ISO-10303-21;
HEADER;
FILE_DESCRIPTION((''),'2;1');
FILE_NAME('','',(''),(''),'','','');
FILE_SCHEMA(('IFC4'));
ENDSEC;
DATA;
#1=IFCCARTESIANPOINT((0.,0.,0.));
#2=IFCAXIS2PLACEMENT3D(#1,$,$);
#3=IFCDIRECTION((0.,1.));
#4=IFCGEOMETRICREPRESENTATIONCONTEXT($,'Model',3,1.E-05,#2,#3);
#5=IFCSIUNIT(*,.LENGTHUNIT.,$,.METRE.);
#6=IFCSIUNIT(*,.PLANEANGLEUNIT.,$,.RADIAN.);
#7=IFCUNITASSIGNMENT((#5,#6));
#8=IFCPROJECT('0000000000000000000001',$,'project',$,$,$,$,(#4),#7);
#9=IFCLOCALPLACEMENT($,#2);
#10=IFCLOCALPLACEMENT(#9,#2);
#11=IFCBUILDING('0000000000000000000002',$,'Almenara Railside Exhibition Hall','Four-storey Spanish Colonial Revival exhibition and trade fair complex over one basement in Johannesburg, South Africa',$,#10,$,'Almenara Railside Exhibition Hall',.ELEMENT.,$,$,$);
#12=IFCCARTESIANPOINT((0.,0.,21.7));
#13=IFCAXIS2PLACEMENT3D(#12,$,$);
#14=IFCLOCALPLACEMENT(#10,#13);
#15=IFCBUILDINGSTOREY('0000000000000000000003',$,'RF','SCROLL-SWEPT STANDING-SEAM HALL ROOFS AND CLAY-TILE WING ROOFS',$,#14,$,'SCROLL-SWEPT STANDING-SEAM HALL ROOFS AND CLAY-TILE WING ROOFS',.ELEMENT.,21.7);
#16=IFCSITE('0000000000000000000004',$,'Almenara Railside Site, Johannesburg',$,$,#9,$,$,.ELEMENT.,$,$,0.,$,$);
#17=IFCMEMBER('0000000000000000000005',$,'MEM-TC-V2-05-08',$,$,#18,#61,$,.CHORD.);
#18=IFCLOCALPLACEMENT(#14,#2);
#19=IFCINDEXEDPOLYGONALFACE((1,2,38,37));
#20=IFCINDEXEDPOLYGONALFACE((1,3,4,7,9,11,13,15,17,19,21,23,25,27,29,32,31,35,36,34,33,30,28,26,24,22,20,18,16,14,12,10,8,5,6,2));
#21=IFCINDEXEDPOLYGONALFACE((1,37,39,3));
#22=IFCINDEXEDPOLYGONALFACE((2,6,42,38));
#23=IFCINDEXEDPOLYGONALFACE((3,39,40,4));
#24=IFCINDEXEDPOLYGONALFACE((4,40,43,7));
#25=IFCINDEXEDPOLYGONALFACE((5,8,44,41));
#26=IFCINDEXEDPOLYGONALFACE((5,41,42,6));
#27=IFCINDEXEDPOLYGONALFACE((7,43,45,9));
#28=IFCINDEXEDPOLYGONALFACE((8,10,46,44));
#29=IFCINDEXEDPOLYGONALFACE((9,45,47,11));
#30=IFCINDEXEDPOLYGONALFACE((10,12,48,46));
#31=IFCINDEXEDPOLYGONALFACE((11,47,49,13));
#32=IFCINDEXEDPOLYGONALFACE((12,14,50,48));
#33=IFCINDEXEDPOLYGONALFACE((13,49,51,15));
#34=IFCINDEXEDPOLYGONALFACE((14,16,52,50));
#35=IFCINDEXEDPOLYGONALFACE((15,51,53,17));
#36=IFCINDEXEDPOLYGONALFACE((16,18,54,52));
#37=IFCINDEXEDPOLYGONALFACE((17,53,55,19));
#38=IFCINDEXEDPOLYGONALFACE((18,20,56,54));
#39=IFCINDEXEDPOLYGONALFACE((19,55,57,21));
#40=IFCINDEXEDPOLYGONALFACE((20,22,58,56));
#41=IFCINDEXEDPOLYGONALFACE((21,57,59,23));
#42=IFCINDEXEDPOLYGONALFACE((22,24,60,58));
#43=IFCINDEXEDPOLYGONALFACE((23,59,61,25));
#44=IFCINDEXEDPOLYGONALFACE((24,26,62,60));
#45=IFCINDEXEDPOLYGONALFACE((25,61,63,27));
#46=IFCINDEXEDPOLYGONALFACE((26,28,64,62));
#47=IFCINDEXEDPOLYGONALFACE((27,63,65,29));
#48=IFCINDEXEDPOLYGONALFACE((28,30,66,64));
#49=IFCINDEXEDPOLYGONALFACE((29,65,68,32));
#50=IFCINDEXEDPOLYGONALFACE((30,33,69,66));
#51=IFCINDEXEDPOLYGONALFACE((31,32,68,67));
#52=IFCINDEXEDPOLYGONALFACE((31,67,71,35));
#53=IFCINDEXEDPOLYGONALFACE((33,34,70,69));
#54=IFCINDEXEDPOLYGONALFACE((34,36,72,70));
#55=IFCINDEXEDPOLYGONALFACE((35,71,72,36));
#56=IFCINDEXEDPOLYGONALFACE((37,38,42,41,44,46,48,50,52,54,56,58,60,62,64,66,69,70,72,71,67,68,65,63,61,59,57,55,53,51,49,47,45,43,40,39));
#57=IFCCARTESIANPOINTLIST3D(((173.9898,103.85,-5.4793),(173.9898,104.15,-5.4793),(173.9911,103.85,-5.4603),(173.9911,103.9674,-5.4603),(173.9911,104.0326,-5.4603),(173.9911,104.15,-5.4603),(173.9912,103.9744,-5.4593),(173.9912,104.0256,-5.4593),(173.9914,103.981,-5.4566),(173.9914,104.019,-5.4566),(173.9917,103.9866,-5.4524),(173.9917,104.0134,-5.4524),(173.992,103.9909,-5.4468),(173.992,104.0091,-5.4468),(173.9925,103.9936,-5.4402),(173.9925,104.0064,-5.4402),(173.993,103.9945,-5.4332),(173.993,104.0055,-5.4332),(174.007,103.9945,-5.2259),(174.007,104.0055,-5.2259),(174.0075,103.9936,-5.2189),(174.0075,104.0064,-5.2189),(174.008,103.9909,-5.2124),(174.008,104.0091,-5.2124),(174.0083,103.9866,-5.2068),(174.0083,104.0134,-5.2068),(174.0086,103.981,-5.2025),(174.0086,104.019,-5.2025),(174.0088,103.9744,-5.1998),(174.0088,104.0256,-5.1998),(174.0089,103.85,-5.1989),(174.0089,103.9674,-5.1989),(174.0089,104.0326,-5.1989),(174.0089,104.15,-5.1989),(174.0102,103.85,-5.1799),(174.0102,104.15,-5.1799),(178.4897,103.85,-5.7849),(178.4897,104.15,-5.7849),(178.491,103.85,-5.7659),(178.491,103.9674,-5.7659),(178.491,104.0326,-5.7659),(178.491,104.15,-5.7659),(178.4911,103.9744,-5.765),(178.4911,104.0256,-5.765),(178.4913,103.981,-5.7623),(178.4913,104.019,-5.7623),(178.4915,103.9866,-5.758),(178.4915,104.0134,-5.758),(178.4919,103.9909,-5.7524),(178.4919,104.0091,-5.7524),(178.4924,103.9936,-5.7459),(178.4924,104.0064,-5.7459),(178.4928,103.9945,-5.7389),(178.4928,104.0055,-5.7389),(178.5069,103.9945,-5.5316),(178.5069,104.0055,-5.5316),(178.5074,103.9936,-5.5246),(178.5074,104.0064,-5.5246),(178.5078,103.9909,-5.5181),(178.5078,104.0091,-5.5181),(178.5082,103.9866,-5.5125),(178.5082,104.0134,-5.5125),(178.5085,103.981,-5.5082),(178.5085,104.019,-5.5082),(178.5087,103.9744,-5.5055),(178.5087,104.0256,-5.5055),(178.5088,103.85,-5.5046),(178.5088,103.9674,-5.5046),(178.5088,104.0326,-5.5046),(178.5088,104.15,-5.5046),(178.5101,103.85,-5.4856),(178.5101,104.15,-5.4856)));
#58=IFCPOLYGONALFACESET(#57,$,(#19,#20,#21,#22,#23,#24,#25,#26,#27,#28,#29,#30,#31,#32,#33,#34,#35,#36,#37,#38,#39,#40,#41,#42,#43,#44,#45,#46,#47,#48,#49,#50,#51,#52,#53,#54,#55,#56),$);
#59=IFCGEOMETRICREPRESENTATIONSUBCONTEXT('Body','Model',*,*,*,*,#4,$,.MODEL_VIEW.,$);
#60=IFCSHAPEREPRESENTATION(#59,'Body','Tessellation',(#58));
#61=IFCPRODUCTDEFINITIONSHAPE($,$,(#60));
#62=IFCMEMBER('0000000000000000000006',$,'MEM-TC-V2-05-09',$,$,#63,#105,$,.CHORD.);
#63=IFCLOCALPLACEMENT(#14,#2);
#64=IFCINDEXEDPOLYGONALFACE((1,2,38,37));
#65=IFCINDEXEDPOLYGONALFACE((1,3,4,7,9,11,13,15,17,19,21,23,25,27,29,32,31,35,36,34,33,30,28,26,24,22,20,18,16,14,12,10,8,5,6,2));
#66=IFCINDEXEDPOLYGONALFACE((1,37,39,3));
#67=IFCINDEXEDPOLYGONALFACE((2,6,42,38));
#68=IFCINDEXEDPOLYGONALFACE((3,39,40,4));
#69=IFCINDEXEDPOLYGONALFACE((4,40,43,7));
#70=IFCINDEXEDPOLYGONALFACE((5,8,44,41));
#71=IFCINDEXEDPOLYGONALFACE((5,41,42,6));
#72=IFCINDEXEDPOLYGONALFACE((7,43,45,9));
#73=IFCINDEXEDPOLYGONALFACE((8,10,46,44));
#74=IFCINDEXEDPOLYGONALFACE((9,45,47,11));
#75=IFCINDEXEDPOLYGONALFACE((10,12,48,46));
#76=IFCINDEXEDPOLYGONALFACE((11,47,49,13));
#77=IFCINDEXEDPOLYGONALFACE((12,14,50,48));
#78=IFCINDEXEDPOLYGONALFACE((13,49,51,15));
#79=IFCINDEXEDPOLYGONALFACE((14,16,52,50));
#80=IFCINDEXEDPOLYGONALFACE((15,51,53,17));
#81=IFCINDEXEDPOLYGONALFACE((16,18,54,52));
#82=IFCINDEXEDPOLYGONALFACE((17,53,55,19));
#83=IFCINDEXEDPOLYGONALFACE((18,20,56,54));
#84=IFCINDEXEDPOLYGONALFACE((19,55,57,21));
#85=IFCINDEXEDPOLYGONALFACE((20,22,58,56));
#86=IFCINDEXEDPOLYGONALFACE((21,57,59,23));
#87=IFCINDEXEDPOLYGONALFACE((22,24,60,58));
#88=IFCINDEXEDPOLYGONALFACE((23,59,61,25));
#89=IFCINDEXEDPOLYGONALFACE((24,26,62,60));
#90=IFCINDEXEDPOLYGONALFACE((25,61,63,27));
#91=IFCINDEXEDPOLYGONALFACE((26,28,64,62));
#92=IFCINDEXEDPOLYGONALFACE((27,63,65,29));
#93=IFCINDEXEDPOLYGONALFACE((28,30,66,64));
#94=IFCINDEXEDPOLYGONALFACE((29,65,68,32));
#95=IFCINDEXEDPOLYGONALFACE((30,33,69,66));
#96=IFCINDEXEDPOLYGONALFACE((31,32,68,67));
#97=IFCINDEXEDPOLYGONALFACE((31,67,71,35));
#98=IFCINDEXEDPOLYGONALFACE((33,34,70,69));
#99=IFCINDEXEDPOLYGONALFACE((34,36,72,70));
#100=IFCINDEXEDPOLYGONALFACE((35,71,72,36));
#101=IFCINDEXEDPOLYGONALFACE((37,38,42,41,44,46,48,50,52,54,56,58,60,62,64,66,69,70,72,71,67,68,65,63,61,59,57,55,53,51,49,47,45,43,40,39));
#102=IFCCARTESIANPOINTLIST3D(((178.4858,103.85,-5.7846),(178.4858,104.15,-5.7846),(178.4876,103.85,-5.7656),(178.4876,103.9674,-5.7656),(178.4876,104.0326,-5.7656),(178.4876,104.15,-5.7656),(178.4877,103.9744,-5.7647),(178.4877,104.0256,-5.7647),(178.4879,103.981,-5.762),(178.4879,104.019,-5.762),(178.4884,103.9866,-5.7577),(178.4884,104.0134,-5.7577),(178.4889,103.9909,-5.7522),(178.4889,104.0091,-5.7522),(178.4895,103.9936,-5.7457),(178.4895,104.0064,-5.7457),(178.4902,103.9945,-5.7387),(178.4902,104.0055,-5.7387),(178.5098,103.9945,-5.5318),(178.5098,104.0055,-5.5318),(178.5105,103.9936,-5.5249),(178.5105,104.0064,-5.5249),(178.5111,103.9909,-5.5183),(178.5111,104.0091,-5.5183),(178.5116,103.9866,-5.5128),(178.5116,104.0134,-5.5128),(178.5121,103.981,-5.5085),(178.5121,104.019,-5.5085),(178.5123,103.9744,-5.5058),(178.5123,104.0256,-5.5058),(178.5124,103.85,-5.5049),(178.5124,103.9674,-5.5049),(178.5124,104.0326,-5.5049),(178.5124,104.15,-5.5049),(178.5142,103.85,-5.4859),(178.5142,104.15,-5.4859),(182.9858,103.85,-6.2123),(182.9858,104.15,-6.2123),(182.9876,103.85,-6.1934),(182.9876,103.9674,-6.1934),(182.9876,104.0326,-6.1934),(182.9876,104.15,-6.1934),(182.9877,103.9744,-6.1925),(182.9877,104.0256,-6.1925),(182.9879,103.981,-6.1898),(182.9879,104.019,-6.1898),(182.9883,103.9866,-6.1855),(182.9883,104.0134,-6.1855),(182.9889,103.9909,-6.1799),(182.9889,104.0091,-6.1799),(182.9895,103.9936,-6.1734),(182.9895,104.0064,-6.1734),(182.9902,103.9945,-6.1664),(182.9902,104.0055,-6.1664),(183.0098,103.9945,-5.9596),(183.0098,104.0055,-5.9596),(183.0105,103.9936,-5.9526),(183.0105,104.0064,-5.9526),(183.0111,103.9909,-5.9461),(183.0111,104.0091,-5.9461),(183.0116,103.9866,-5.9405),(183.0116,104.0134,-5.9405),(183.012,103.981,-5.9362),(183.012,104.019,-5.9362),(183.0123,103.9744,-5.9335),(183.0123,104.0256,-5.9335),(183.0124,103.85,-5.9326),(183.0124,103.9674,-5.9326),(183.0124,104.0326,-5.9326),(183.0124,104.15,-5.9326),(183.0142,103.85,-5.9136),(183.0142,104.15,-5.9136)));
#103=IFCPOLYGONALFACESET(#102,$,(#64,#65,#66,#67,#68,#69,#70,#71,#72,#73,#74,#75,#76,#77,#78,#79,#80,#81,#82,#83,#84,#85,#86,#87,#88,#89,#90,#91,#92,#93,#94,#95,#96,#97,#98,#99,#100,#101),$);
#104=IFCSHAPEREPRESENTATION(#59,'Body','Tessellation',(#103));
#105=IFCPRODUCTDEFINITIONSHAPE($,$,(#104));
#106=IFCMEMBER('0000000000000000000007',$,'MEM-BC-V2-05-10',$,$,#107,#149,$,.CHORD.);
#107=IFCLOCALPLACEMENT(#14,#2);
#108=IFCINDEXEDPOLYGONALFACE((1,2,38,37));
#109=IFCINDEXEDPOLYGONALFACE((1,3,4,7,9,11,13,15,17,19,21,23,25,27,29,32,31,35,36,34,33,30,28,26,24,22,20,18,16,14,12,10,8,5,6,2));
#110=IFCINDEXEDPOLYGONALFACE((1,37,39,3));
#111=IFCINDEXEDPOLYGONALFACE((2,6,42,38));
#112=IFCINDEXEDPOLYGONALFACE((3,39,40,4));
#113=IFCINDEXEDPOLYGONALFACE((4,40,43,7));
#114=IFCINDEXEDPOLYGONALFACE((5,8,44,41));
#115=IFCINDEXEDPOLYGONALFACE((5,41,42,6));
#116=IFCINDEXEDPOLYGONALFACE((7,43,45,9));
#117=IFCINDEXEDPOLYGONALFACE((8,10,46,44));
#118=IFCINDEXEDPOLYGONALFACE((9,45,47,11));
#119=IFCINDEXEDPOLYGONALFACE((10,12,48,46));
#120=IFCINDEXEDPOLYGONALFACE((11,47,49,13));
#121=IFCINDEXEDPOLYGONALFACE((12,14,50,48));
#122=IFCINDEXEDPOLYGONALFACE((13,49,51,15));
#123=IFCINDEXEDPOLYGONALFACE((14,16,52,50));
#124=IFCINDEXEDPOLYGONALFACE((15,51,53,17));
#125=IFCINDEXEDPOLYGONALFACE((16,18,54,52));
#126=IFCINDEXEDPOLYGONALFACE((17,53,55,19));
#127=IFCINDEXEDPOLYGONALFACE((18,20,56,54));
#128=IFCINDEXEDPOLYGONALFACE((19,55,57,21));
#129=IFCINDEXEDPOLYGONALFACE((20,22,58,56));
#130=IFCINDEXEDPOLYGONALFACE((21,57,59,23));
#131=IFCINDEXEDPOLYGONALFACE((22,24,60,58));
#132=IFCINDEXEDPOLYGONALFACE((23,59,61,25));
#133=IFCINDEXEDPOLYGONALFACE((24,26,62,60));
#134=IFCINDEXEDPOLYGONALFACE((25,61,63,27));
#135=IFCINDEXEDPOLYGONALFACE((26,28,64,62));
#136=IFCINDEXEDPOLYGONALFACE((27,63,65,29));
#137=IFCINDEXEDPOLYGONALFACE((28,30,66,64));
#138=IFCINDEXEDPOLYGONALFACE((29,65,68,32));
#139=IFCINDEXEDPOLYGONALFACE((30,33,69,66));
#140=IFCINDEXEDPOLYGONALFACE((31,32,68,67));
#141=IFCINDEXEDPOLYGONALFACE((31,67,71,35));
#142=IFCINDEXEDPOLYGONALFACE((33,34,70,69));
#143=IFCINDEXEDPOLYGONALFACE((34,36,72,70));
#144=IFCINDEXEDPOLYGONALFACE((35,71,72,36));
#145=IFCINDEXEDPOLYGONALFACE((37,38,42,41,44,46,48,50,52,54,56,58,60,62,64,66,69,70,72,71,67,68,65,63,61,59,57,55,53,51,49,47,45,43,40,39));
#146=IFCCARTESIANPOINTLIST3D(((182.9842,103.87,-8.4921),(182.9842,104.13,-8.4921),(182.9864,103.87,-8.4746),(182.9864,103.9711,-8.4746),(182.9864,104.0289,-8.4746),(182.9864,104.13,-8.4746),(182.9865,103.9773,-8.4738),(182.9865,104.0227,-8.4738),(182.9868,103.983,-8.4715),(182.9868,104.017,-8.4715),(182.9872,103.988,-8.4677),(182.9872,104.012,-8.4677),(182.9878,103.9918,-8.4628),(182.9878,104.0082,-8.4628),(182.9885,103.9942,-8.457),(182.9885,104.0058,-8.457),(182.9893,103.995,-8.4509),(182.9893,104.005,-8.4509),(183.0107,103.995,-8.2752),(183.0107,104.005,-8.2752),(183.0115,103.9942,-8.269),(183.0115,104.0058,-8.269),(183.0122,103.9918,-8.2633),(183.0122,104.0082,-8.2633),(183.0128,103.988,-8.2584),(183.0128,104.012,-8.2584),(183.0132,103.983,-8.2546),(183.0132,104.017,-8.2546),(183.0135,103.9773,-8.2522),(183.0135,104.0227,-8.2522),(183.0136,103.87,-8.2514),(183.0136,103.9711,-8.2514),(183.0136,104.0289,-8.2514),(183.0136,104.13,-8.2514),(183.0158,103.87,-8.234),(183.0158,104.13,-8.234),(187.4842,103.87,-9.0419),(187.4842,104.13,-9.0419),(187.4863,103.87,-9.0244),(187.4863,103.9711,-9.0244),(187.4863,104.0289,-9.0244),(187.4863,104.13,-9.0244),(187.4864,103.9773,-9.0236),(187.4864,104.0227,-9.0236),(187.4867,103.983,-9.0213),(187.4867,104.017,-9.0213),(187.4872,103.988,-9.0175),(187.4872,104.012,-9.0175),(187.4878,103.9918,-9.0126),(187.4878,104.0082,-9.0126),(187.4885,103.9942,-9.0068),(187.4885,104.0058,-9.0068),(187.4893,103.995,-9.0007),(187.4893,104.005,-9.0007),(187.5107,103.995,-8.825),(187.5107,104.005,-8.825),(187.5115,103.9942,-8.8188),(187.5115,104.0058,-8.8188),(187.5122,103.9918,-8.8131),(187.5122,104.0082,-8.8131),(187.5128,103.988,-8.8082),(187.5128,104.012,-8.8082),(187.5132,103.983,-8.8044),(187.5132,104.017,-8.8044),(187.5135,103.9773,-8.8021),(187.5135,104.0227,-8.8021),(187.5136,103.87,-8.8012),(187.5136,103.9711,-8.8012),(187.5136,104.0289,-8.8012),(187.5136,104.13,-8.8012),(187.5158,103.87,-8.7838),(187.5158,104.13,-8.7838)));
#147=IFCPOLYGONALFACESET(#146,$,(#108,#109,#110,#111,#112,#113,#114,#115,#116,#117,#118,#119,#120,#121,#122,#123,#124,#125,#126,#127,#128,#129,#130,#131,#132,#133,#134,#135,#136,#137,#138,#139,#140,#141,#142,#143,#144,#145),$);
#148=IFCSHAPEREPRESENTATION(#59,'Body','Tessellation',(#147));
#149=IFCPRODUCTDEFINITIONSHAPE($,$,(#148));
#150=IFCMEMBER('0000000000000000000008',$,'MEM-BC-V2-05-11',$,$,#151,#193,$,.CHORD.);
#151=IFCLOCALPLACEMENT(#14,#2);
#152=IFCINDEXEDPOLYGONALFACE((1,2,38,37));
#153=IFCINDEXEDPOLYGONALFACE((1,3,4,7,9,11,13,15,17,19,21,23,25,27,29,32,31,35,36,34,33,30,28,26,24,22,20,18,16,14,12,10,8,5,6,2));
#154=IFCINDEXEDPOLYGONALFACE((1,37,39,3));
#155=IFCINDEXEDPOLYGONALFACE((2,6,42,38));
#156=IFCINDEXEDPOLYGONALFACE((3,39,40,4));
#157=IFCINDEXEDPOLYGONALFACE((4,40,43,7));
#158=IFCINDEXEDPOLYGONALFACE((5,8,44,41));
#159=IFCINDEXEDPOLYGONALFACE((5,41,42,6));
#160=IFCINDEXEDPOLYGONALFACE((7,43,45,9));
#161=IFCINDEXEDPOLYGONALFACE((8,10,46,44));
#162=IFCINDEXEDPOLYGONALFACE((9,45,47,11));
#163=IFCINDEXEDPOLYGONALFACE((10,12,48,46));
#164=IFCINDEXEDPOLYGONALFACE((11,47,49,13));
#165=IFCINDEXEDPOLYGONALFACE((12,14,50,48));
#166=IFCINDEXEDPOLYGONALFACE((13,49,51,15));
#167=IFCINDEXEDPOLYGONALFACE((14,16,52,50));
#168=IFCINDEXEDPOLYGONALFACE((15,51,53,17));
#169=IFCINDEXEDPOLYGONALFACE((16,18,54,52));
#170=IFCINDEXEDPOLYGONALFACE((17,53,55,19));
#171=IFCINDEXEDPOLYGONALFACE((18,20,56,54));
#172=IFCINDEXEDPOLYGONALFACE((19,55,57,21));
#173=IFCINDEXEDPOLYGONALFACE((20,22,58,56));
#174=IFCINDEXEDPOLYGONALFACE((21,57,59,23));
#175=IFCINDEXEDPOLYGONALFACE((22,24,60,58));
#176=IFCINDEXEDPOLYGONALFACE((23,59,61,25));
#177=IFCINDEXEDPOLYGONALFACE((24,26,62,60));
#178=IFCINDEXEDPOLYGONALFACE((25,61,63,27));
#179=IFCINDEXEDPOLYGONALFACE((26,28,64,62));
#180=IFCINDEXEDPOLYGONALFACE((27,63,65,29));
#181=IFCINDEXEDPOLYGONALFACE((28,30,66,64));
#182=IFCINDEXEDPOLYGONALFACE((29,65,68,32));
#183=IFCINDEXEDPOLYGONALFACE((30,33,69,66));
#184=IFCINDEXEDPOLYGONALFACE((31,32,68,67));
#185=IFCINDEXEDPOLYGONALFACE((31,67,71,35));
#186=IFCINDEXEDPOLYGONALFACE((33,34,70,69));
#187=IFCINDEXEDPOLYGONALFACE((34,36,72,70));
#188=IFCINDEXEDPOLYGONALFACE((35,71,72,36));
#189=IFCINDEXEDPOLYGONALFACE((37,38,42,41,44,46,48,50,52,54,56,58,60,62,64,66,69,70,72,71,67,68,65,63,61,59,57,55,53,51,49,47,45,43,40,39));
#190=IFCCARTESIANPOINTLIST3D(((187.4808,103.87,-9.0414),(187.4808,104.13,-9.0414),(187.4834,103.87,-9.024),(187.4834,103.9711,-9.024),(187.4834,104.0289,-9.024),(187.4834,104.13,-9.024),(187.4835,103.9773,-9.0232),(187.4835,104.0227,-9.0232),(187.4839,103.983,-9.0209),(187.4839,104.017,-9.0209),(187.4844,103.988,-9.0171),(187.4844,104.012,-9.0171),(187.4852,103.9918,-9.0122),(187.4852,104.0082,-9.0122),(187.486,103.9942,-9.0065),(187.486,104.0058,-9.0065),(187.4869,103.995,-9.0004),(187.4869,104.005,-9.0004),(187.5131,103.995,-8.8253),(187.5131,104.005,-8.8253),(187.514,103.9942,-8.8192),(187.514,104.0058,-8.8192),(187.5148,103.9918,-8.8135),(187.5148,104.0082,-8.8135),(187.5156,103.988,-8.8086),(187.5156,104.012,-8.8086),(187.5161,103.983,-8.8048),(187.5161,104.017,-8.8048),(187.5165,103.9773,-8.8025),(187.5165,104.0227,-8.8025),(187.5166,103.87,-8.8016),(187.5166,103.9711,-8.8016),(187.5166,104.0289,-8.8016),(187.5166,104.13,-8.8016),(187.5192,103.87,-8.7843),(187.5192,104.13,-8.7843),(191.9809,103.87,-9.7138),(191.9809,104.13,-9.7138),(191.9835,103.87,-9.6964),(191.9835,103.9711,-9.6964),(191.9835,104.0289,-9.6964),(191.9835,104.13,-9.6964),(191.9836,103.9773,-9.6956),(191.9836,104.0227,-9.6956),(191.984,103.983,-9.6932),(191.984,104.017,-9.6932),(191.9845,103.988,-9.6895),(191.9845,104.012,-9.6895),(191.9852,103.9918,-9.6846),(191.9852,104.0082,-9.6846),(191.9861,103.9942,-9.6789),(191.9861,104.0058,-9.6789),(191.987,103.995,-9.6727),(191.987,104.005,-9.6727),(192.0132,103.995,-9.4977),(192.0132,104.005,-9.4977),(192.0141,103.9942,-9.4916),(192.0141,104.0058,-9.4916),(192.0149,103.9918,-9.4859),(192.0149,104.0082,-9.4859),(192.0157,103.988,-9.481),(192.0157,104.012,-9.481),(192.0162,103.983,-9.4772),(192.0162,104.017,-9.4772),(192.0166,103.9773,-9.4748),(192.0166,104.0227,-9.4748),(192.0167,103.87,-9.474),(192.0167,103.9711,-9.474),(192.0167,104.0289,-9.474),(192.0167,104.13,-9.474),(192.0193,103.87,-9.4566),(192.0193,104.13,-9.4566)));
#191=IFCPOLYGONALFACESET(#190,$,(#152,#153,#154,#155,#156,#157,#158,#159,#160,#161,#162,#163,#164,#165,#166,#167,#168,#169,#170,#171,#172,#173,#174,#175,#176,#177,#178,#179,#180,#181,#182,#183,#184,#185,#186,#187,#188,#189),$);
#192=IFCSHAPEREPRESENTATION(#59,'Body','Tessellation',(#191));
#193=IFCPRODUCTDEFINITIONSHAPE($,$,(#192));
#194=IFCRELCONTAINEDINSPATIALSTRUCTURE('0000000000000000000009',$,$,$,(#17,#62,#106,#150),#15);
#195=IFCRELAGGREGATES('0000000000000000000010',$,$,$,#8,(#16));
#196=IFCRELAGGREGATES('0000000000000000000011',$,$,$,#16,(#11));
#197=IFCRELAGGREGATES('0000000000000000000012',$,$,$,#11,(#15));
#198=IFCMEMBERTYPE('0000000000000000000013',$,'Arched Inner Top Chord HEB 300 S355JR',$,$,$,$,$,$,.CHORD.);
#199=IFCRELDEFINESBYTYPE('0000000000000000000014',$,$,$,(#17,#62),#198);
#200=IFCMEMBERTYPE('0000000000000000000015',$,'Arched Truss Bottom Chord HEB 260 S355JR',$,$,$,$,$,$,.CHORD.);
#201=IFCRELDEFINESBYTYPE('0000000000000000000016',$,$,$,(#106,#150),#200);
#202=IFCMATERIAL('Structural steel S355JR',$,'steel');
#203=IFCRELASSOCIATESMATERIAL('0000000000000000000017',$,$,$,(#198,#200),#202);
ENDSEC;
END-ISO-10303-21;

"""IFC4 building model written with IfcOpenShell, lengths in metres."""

from ifc_helpers import new_model, si_unit, direction, frame, origin, origin_2d, place, context, subcontext, project, spatial, i_section, extrude, material, material_profile, profile_set, type_object, element, save


model = new_model("IFC4")

# Units and contexts
model_context = context("Model", 3, precision=1e-05, world=origin(), true_north=direction((0.0, 1.0)))
body_context = subcontext(model_context, "Body", "Model", "MODEL_VIEW")
ifc_project = project(units=[si_unit("LENGTHUNIT", "METRE"), si_unit("PLANEANGLEUNIT", "RADIAN")], contexts=[model_context])

# Site, building, storey
site_placement = place(None, origin())
site = spatial("IfcSite", under=ifc_project, at=site_placement, Name="Almenara Railside Site, Johannesburg", CompositionType="ELEMENT", RefElevation=0.0)
building_placement = place(site_placement, origin())
building = spatial("IfcBuilding", under=site, at=building_placement, Name="Almenara Railside Exhibition Hall", Description="Four-storey Spanish Colonial Revival exhibition and trade fair complex over one basement in Johannesburg, South Africa", LongName="Almenara Railside Exhibition Hall", CompositionType="ELEMENT")
storey_placement = place(building_placement, frame((0.0, 0.0, 21.7)))
storey = spatial("IfcBuildingStorey", under=building, at=storey_placement, Name="RF", Description="SCROLL-SWEPT STANDING-SEAM HALL ROOFS AND CLAY-TILE WING ROOFS", LongName="SCROLL-SWEPT STANDING-SEAM HALL ROOFS AND CLAY-TILE WING ROOFS", CompositionType="ELEMENT", Elevation=21.7)

# Members
ifc_material_1 = material(Name="Structural steel S355JR", Category="steel")
ifc_material_profile_1 = material_profile(ifc_material_1, i_section(OverallWidth=0.3, OverallDepth=0.3, WebThickness=0.011, FlangeThickness=0.019, FilletRadius=0.0271, at=origin_2d()), Name="HEB 300")
ifc_profile_set_1 = profile_set([ifc_material_profile_1], Name="Structural steel S355JR")
member_type_1 = type_object("IfcMemberType", Name="Arched Inner Top Chord HEB 300 S355JR", PredefinedType="CHORD", material=ifc_profile_set_1)
member_1_placement = place(storey_placement, frame((174.0, 104.0, -5.3296), z_axis=(0.997701, 0.0, -0.067769), x_axis=(0.0, 1.0, 0.0)))
element("IfcMember", 1, at=member_1_placement, inside=storey, type_object=member_type_1, Name="MEM-TC-V2-05-08", PredefinedType="CHORD", context=body_context, shape_type="SweptSolid", body=[
    extrude(i_section(OverallWidth=0.3, OverallDepth=0.3, WebThickness=0.011, FlangeThickness=0.019, FilletRadius=0.0271, at=origin_2d()), origin(), (0.0, 0.0, 1.0), 4.5103),
])
member_2_placement = place(storey_placement, frame((178.5, 104.0, -5.6353), z_axis=(0.995513, 0.0, -0.094626), x_axis=(0.0, 1.0, 0.0)))
element("IfcMember", 2, at=member_2_placement, inside=storey, type_object=member_type_1, Name="MEM-TC-V2-05-09", PredefinedType="CHORD", context=body_context, shape_type="SweptSolid", body=[
    extrude(i_section(OverallWidth=0.3, OverallDepth=0.3, WebThickness=0.011, FlangeThickness=0.019, FilletRadius=0.0271, at=origin_2d()), origin(), (0.0, 0.0, 1.0), 4.5203),
])
ifc_material_profile_2 = material_profile(ifc_material_1, i_section(OverallWidth=0.26, OverallDepth=0.26, WebThickness=0.01, FlangeThickness=0.0176, FilletRadius=0.0239, at=origin_2d()), Name="HEB 260")
ifc_profile_set_2 = profile_set([ifc_material_profile_2], Name="Structural steel S355JR")
member_type_2 = type_object("IfcMemberType", Name="Arched Truss Bottom Chord HEB 260 S355JR", PredefinedType="CHORD", material=ifc_profile_set_2)
member_3_placement = place(storey_placement, frame((183.0, 104.0, -8.363), z_axis=(0.992619, 0.0, -0.121277), x_axis=(0.0, 1.0, 0.0)))
element("IfcMember", 3, at=member_3_placement, inside=storey, type_object=member_type_2, Name="MEM-BC-V2-05-10", PredefinedType="CHORD", context=body_context, shape_type="SweptSolid", body=[
    extrude(i_section(OverallWidth=0.26, OverallDepth=0.26, WebThickness=0.01, FlangeThickness=0.0176, FilletRadius=0.0239, at=origin_2d()), origin(), (0.0, 0.0, 1.0), 4.5334),
])
member_4_placement = place(storey_placement, frame((187.5, 104.0, -8.9128), z_axis=(0.989021, 0.0, -0.147774), x_axis=(0.0, 1.0, 0.0)))
element("IfcMember", 4, at=member_4_placement, inside=storey, type_object=member_type_2, Name="MEM-BC-V2-05-11", PredefinedType="CHORD", context=body_context, shape_type="SweptSolid", body=[
    extrude(i_section(OverallWidth=0.26, OverallDepth=0.26, WebThickness=0.01, FlangeThickness=0.0176, FilletRadius=0.0239, at=origin_2d()), origin(), (0.0, 0.0, 1.0), 4.55),
])

save(model, "model.ifc")
